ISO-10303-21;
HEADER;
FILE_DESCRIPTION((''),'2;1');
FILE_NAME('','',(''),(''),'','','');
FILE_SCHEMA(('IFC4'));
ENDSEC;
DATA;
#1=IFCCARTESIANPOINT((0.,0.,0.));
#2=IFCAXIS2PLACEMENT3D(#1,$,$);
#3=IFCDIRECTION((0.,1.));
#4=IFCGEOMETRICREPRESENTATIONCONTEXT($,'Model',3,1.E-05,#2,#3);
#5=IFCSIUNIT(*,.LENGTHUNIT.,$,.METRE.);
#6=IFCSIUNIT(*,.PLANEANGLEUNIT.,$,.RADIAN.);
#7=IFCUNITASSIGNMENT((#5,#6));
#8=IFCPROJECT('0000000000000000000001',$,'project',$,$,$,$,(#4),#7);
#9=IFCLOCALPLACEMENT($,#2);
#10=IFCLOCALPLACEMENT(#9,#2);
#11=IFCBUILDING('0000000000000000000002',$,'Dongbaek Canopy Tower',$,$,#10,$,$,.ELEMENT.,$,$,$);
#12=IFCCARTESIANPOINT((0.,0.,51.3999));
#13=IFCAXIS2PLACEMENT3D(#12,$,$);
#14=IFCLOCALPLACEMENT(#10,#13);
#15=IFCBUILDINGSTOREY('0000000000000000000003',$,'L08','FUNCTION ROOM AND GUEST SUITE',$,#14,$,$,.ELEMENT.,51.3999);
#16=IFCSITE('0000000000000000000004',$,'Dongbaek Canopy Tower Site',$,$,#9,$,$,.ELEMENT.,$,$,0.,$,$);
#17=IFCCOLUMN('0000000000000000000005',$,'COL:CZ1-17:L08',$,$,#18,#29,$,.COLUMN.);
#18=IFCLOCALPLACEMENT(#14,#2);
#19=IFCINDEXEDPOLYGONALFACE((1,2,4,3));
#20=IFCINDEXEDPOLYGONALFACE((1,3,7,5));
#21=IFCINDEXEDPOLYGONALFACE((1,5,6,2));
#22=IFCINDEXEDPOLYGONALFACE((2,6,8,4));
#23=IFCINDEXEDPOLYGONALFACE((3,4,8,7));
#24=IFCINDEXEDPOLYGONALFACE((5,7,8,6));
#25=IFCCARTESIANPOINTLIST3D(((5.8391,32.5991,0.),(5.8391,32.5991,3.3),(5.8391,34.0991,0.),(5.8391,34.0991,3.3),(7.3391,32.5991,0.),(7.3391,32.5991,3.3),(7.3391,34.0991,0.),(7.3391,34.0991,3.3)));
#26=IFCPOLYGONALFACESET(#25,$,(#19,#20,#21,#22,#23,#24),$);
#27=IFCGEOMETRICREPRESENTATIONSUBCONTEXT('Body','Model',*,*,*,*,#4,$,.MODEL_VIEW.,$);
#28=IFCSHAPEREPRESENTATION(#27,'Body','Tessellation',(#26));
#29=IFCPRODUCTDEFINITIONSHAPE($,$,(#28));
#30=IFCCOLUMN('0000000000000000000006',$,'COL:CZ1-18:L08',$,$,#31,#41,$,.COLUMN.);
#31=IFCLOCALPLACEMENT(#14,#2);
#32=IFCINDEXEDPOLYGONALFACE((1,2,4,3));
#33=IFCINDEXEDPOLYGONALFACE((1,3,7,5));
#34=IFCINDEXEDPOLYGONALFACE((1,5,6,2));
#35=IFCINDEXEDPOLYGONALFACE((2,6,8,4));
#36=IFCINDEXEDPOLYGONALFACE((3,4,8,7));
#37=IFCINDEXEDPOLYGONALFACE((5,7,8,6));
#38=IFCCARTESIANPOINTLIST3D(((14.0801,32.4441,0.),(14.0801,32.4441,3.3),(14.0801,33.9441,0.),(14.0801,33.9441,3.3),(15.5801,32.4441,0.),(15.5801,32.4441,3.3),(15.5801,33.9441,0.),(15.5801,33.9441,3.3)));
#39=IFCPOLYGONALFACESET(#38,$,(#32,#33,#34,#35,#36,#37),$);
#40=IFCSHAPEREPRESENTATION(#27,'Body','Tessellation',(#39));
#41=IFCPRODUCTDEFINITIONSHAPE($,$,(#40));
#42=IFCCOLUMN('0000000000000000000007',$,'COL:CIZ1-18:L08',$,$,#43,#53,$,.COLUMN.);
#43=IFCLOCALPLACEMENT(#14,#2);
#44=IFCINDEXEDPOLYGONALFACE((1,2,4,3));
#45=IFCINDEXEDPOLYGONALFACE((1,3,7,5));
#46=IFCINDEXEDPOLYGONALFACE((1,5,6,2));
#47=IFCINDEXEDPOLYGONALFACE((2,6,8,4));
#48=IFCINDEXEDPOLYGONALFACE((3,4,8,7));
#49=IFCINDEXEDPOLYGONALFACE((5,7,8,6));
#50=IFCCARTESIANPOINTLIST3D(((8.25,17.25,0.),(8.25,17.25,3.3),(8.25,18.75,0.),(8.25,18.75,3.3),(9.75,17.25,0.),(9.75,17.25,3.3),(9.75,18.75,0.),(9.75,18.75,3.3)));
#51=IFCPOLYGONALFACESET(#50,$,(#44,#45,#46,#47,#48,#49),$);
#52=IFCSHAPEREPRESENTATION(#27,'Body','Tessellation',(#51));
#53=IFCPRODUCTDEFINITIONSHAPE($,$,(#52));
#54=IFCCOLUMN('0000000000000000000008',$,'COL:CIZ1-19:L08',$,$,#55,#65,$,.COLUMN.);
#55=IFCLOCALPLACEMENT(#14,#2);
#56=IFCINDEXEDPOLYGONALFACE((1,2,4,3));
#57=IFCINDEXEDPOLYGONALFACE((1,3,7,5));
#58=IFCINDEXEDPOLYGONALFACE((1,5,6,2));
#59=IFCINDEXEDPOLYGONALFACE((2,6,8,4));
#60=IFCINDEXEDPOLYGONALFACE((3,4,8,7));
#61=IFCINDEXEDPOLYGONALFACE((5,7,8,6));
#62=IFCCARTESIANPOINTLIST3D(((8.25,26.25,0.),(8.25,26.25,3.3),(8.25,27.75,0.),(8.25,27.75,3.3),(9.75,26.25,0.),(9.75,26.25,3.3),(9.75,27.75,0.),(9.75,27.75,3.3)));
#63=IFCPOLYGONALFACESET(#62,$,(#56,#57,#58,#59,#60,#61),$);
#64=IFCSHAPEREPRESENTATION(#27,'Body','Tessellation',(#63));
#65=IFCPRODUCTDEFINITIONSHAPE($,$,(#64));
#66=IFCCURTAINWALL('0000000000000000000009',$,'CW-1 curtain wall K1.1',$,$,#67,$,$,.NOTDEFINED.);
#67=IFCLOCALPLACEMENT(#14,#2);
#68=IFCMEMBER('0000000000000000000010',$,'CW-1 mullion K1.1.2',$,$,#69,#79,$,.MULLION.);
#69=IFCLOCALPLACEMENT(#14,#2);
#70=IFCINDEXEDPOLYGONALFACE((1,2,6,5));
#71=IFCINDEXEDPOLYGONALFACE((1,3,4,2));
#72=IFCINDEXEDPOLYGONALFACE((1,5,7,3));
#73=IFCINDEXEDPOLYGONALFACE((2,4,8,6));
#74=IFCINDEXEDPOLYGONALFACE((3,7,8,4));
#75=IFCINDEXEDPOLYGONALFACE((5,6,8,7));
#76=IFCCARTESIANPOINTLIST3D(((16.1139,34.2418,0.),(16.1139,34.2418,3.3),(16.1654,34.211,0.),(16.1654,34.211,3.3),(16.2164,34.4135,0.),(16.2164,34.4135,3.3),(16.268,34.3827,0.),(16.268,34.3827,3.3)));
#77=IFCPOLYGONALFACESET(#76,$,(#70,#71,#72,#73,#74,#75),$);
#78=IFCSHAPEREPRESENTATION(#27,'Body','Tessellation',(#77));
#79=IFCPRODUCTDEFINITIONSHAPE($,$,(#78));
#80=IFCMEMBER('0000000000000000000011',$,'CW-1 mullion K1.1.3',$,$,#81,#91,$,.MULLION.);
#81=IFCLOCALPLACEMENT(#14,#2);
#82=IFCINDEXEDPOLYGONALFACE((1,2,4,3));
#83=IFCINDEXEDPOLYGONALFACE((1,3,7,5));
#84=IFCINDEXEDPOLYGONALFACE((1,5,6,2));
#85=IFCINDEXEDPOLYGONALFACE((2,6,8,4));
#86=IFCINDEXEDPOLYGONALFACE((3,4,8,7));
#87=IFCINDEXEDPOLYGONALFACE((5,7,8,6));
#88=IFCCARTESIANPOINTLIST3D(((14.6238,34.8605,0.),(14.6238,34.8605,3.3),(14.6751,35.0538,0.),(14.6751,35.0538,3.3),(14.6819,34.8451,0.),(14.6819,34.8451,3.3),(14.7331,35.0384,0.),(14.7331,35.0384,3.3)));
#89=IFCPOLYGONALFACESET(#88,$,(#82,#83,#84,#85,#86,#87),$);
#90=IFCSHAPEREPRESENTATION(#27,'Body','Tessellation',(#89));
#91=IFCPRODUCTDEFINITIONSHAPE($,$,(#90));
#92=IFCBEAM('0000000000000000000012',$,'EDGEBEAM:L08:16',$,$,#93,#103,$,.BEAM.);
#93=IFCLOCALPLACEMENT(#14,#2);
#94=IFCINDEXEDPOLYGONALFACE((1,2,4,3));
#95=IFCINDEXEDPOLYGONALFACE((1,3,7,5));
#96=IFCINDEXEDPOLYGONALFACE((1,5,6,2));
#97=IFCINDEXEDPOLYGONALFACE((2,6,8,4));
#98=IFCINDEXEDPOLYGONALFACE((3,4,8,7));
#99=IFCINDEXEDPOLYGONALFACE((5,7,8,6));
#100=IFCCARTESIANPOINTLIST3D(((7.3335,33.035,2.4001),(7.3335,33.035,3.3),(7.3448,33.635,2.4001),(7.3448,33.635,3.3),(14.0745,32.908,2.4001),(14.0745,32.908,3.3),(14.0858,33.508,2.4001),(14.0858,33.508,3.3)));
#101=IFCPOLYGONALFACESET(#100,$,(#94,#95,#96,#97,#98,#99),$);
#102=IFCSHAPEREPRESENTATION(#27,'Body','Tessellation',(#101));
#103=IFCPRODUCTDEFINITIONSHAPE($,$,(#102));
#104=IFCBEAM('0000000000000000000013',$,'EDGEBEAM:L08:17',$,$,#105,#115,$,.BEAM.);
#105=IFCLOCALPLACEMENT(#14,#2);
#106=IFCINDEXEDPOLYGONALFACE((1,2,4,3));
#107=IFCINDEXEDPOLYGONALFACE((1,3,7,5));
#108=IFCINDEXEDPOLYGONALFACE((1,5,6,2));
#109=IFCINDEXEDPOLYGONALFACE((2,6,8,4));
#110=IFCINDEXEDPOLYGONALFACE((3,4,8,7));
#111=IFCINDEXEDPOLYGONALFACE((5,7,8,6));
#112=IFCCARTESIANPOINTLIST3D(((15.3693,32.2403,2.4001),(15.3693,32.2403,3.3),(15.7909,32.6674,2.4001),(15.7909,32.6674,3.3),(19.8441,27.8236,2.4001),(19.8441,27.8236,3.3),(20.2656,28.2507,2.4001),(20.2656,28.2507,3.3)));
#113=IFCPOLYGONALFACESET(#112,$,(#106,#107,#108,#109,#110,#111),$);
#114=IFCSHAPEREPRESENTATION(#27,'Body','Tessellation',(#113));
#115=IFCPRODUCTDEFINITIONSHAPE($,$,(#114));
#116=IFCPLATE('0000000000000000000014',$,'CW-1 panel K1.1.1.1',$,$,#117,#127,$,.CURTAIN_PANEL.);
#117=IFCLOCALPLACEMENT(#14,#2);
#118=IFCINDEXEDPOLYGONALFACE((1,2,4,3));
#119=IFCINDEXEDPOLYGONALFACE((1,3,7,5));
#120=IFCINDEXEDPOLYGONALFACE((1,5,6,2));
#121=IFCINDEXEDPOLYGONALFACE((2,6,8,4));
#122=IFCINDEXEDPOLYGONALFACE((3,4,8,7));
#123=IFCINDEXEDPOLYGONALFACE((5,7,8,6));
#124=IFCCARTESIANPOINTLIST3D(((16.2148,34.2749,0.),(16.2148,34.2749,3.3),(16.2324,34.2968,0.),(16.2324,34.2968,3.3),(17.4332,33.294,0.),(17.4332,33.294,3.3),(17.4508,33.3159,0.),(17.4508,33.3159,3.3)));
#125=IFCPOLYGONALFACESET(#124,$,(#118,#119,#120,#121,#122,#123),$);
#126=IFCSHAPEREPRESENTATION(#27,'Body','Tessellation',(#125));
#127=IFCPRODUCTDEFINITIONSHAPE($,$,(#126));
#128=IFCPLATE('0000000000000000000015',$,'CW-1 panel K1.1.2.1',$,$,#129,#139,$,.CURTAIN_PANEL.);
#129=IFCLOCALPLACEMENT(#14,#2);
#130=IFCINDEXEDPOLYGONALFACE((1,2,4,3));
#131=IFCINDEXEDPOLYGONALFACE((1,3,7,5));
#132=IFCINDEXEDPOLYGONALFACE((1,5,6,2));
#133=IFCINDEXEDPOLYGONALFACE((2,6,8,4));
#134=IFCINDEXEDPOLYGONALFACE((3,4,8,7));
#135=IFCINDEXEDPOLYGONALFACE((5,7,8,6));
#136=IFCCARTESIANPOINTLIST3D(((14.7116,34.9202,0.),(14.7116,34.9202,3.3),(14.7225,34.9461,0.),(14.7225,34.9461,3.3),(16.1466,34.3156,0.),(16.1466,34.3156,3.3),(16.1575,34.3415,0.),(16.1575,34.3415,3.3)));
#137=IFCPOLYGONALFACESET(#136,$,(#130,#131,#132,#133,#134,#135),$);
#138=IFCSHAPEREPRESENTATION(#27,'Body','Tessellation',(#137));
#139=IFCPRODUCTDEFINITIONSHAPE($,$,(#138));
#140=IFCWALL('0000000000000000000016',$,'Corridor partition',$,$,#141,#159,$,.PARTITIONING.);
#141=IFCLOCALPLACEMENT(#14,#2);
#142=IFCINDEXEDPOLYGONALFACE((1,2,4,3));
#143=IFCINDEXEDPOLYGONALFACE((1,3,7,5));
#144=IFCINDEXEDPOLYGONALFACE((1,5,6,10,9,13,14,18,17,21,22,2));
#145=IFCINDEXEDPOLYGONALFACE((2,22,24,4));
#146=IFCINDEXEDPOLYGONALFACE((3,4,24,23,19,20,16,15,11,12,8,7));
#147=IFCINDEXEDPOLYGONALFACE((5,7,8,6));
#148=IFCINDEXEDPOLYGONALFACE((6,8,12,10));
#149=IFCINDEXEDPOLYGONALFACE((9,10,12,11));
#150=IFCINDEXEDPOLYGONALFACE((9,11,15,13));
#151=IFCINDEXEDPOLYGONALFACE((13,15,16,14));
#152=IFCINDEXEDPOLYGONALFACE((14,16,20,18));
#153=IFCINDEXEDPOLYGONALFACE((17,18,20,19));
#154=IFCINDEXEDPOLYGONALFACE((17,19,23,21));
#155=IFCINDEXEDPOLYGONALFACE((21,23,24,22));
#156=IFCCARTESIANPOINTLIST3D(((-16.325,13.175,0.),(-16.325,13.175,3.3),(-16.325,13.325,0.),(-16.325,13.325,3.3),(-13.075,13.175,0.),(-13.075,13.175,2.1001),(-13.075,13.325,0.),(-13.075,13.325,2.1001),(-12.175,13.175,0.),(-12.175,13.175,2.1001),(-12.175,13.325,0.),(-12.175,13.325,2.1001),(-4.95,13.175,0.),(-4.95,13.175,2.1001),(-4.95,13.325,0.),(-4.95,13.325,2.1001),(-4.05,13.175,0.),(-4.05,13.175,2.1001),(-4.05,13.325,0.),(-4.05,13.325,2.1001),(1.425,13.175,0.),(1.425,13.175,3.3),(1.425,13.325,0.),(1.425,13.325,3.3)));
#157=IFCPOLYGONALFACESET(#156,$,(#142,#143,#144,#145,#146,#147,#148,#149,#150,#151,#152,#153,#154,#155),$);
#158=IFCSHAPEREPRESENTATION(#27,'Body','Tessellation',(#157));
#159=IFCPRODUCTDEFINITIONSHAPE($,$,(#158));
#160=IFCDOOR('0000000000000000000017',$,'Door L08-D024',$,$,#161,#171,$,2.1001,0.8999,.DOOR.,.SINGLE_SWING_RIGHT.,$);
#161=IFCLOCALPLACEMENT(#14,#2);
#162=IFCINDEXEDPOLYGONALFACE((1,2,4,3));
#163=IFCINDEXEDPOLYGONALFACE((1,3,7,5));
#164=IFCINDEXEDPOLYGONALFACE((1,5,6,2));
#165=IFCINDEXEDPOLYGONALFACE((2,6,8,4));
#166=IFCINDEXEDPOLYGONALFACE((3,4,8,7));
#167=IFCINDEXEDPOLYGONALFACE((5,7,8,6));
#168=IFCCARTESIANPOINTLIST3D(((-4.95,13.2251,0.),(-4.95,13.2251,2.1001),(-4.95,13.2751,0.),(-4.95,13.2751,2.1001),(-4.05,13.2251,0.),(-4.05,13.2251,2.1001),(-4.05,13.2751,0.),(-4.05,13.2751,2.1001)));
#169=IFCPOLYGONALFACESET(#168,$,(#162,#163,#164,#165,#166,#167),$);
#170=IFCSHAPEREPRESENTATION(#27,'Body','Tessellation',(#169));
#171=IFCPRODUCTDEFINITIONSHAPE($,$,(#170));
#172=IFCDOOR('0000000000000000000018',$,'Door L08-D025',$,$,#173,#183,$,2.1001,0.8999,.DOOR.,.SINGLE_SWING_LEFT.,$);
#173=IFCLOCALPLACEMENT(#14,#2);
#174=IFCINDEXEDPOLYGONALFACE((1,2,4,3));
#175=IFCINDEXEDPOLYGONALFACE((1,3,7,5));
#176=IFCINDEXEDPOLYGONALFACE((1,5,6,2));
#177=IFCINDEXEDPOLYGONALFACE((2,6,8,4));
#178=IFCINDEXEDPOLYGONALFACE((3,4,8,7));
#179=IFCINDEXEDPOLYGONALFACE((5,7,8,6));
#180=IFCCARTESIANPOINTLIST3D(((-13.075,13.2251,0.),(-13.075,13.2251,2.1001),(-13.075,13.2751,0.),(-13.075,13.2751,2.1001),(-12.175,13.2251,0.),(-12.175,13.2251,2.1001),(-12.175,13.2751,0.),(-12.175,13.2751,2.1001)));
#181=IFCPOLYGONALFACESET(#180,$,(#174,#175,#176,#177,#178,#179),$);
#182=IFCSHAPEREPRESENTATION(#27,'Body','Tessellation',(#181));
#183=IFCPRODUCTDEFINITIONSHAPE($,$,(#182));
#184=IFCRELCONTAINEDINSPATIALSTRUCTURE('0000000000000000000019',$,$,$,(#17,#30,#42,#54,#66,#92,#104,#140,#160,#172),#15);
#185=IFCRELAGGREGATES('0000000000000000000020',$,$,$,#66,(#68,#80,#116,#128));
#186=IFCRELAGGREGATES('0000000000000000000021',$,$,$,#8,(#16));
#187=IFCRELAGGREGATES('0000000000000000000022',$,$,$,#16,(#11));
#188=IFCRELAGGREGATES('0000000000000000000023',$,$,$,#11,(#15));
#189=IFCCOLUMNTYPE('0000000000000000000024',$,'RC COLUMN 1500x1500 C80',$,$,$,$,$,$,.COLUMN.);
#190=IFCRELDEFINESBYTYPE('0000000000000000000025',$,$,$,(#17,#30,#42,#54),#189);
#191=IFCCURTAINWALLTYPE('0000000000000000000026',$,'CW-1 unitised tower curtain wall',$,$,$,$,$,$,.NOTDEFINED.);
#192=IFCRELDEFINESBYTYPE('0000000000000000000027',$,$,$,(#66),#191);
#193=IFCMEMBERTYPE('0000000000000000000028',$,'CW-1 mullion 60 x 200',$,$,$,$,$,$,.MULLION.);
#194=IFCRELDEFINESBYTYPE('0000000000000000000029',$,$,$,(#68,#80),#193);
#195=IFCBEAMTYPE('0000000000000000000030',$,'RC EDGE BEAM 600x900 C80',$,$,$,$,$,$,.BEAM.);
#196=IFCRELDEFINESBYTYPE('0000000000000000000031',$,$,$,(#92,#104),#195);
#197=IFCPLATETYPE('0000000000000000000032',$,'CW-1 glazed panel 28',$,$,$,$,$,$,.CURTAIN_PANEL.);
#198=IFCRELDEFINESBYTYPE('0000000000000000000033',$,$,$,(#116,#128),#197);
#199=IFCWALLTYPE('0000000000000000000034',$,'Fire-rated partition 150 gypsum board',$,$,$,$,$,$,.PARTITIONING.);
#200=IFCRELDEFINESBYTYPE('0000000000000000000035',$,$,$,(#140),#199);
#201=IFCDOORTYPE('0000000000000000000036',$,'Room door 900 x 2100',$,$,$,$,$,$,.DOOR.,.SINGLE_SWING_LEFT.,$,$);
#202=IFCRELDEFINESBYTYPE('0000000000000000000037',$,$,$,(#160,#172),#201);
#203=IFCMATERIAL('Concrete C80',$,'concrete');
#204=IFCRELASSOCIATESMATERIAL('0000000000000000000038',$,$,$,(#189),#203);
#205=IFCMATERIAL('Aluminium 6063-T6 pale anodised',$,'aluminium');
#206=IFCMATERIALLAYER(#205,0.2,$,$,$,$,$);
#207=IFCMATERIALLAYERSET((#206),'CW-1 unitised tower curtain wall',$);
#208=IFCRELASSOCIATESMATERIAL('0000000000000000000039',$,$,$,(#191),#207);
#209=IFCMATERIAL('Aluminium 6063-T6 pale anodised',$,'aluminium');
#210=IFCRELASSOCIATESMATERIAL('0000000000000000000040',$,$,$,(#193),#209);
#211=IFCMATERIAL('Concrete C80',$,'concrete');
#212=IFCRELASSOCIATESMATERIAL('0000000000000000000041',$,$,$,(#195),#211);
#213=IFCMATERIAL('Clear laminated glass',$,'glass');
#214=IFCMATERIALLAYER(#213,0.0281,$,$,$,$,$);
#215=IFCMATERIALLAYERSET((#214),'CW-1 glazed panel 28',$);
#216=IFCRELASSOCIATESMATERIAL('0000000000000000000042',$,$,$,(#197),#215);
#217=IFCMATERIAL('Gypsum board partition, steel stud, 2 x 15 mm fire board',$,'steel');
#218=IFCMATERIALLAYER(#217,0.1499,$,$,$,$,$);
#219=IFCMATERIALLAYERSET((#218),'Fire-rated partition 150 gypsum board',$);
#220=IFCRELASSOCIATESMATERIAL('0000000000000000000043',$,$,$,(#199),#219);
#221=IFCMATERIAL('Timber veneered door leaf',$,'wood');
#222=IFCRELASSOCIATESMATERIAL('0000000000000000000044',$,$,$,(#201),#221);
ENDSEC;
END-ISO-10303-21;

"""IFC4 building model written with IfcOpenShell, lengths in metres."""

from ifc_helpers import new_model, si_unit, direction, frame, frame_2d, origin, origin_2d, place, context, subcontext, project, spatial, rectangle, extrude, material, layer, layer_set, material_profile, profile_set, type_object, element, fill, aggregate, save


model = new_model("IFC4")

# Units and contexts
model_context = context("Model", 3, precision=1e-05, world=origin(), true_north=direction((0.0, 1.0)))
body_context = subcontext(model_context, "Body", "Model", "MODEL_VIEW")
ifc_project = project(units=[si_unit("LENGTHUNIT", "METRE"), si_unit("PLANEANGLEUNIT", "RADIAN")], contexts=[model_context])

# Site, building, storey
site_placement = place(None, origin())
site = spatial("IfcSite", under=ifc_project, at=site_placement, Name="Dongbaek Canopy Tower Site", CompositionType="ELEMENT", RefElevation=0.0)
building_placement = place(site_placement, origin())
building = spatial("IfcBuilding", under=site, at=building_placement, Name="Dongbaek Canopy Tower", CompositionType="ELEMENT")
storey_placement = place(building_placement, frame((0.0, 0.0, 51.3999)))
storey = spatial("IfcBuildingStorey", under=building, at=storey_placement, Name="L08", Description="FUNCTION ROOM AND GUEST SUITE", CompositionType="ELEMENT", Elevation=51.3999)

# Columns
ifc_material_1 = material(Name="Concrete C80", Category="concrete")
ifc_material_profile_1 = material_profile(ifc_material_1, rectangle(XDim=1.5, YDim=1.5, at=origin_2d()), Name="RC COLUMN 1500x1500 C80")
ifc_profile_set_1 = profile_set([ifc_material_profile_1], Name="Concrete C80")
column_type = type_object("IfcColumnType", Name="RC COLUMN 1500x1500 C80", PredefinedType="COLUMN", material=ifc_profile_set_1)
for number, where, z_axis, x_axis, name in (
    (1, (6.5891, 33.3491, 0.0), (0.0, 0.0, 1.0), (1.0, 0.0, 0.0), "COL:CZ1-17:L08"),
    (2, (14.8301, 33.1941, 0.0), (0.0, 0.0, 1.0), (1.0, 0.0, 0.0), "COL:CZ1-18:L08"),
    (3, (9.0, 18.0, 0.0), (0.0, 0.0, 1.0), (1.0, 0.0, 0.0), "COL:CIZ1-18:L08"),
    (4, (9.0, 27.0, 0.0), (0.0, 0.0, 1.0), (1.0, 0.0, 0.0), "COL:CIZ1-19:L08"),
):
    element("IfcColumn", number, at=place(storey_placement, frame(where, z_axis=z_axis, x_axis=x_axis)), inside=storey, type_object=column_type, Name=name, PredefinedType="COLUMN", context=body_context, shape_type="SweptSolid", body=[
        extrude(rectangle(XDim=1.5, YDim=1.5, at=origin_2d()), origin(), (0.0, 0.0, 1.0), 3.3),
    ])

# Curtain wall, members
ifc_material_2 = material(Name="Aluminium 6063-T6 pale anodised", Category="aluminium")
ifc_layer_1 = layer(ifc_material_2, 0.2)
ifc_layer_set_1 = layer_set([ifc_layer_1], Name="CW-1 unitised tower curtain wall")
curtain_wall_type = type_object("IfcCurtainWallType", Name="CW-1 unitised tower curtain wall", PredefinedType="NOTDEFINED", material=ifc_layer_set_1)
curtain_wall_placement = place(storey_placement, origin())
curtain_wall = element("IfcCurtainWall", 5, at=curtain_wall_placement, inside=storey, type_object=curtain_wall_type, Name="CW-1 curtain wall K1.1", PredefinedType="NOTDEFINED")
ifc_material_3 = material(Name="Aluminium 6063-T6 pale anodised", Category="aluminium")
ifc_material_profile_2 = material_profile(ifc_material_3, rectangle(XDim=0.2, YDim=0.0601, at=origin_2d()), Name="CW-1 mullion 60 x 200")
ifc_profile_set_2 = profile_set([ifc_material_profile_2], Name="Aluminium 6063-T6 pale anodised")
member_type = type_object("IfcMemberType", Name="CW-1 mullion 60 x 200", PredefinedType="MULLION", material=ifc_profile_set_2)
member_1_placement = place(storey_placement, frame((16.1909, 34.3123, 0.0), z_axis=(0.0, 0.0, 1.0), x_axis=(0.512669, 0.858586, 0.0)))
member_1 = element("IfcMember", 6, at=member_1_placement, type_object=member_type, Name="CW-1 mullion K1.1.2", PredefinedType="MULLION", context=body_context, shape_type="SweptSolid", body=[
    extrude(rectangle(XDim=0.2, YDim=0.0601, at=origin_2d()), origin(), (0.0, 0.0, 1.0), 3.3),
])
member_2_placement = place(storey_placement, frame((14.6785, 34.9495, 0.0), z_axis=(0.0, 0.0, 1.0), x_axis=(0.25629, 0.9666, 0.0)))
member_2 = element("IfcMember", 7, at=member_2_placement, type_object=member_type, Name="CW-1 mullion K1.1.3", PredefinedType="MULLION", context=body_context, shape_type="SweptSolid", body=[
    extrude(rectangle(XDim=0.2, YDim=0.0601, at=origin_2d()), origin(), (0.0, 0.0, 1.0), 3.3),
])

# Beams
ifc_material_4 = material(Name="Concrete C80", Category="concrete")
ifc_material_profile_3 = material_profile(ifc_material_4, rectangle(XDim=0.6001, YDim=0.8999, at=origin_2d()), Name="RC EDGE BEAM 600x900 C80")
ifc_profile_set_3 = profile_set([ifc_material_profile_3], Name="Concrete C80")
beam_type = type_object("IfcBeamType", Name="RC EDGE BEAM 600x900 C80", PredefinedType="BEAM", material=ifc_profile_set_3)
beam_1_placement = place(storey_placement, frame((7.3391, 33.335, 2.8501), z_axis=(0.999823, -0.01883, 0.0), x_axis=(0.01883, 0.999823, 0.0)))
element("IfcBeam", 8, at=beam_1_placement, inside=storey, type_object=beam_type, Name="EDGEBEAM:L08:16", PredefinedType="BEAM", context=body_context, shape_type="SweptSolid", body=[
    extrude(rectangle(XDim=0.6001, YDim=0.8999, at=origin_2d()), origin(), (0.0, 0.0, 1.0), 6.7422),
])
beam_2_placement = place(storey_placement, frame((15.5801, 32.4539, 2.8501), z_axis=(0.711712, -0.702471, 0.0), x_axis=(0.702471, 0.711712, 0.0)))
element("IfcBeam", 9, at=beam_2_placement, inside=storey, type_object=beam_type, Name="EDGEBEAM:L08:17", PredefinedType="BEAM", context=body_context, shape_type="SweptSolid", body=[
    extrude(rectangle(XDim=0.6001, YDim=0.8999, at=origin_2d()), origin(), (0.0, 0.0, 1.0), 6.2874),
])

# Plates
ifc_material_5 = material(Name="Clear laminated glass", Category="glass")
ifc_layer_2 = layer(ifc_material_5, 0.0281)
ifc_layer_set_2 = layer_set([ifc_layer_2], Name="CW-1 glazed panel 28")
plate_type = type_object("IfcPlateType", Name="CW-1 glazed panel 28", PredefinedType="CURTAIN_PANEL", material=ifc_layer_set_2)
plate_1_placement = place(storey_placement, frame((16.8328, 33.7954, 0.0), z_axis=(0.0, 0.0, 1.0), x_axis=(-0.778926, 0.627116, 0.0)))
plate_1 = element("IfcPlate", 10, at=plate_1_placement, type_object=plate_type, Name="CW-1 panel K1.1.1.1", PredefinedType="CURTAIN_PANEL", context=body_context, shape_type="SweptSolid", body=[
    extrude(rectangle(XDim=1.5642, YDim=0.0281, at=origin_2d()), origin(), (0.0, 0.0, 1.0), 3.3),
])
plate_2_placement = place(storey_placement, frame((15.4346, 34.6309, 0.0), z_axis=(0.0, 0.0, 1.0), x_axis=(-0.921552, 0.388254, 0.0)))
plate_2 = element("IfcPlate", 11, at=plate_2_placement, type_object=plate_type, Name="CW-1 panel K1.1.2.1", PredefinedType="CURTAIN_PANEL", context=body_context, shape_type="SweptSolid", body=[
    extrude(rectangle(XDim=1.5571, YDim=0.0281, at=origin_2d()), origin(), (0.0, 0.0, 1.0), 3.3),
])
aggregate(curtain_wall, [member_1, member_2, plate_1, plate_2])

# Wall, openings, doors
ifc_material_6 = material(Name="Gypsum board partition, steel stud, 2 x 15 mm fire board", Category="steel")
ifc_layer_3 = layer(ifc_material_6, 0.1499)
ifc_layer_set_3 = layer_set([ifc_layer_3], Name="Fire-rated partition 150 gypsum board")
wall_type_1 = type_object("IfcWallType", Name="Fire-rated partition 150 gypsum board", PredefinedType="PARTITIONING", material=ifc_layer_set_3)
wall_1_placement = place(storey_placement, frame((1.425, 13.25, 0.0), z_axis=(0.0, 0.0, 1.0), x_axis=(-1.0, 0.0, 0.0)))
wall_1 = element("IfcWall", 12, at=wall_1_placement, inside=storey, type_object=wall_type_1, Name="Corridor partition", PredefinedType="PARTITIONING", context=body_context, shape_type="SweptSolid", body=[
    extrude(rectangle(XDim=17.75, YDim=0.1499, at=frame_2d((8.875, 0.0))), origin(), (0.0, 0.0, 1.0), 3.3),
])
opening_1_placement = place(wall_1_placement, frame((5.4751, 0.0, 0.0)))
opening_1 = element("IfcOpeningElement", 13, at=opening_1_placement, cuts=wall_1, PredefinedType="OPENING", context=body_context, shape_type="SweptSolid", body=[
    extrude(rectangle(XDim=0.8999, YDim=2.1001, at=frame_2d((0.45, 1.05))), frame((0.0, 0.085, 0.0), z_axis=(0.0, -1.0, 0.0), x_axis=(1.0, 0.0, 0.0)), (0.0, 0.0, 1.0), 0.1699),
])
opening_2_placement = place(wall_1_placement, frame((13.6001, 0.0, 0.0)))
opening_2 = element("IfcOpeningElement", 14, at=opening_2_placement, cuts=wall_1, PredefinedType="OPENING", context=body_context, shape_type="SweptSolid", body=[
    extrude(rectangle(XDim=0.8999, YDim=2.1001, at=frame_2d((0.45, 1.05))), frame((0.0, 0.085, 0.0), z_axis=(0.0, -1.0, 0.0), x_axis=(1.0, 0.0, 0.0)), (0.0, 0.0, 1.0), 0.1699),
])
ifc_material_7 = material(Name="Timber veneered door leaf", Category="wood")
door_type = type_object("IfcDoorType", Name="Room door 900 x 2100", OperationType="SINGLE_SWING_LEFT", PredefinedType="DOOR", material=ifc_material_7)
door_1_placement = place(opening_1_placement, origin())
door_1 = element("IfcDoor", 15, at=door_1_placement, inside=storey, type_object=door_type, Name="Door L08-D024", OperationType="SINGLE_SWING_RIGHT", OverallHeight=2.1001, OverallWidth=0.8999, PredefinedType="DOOR", context=body_context, shape_type="SweptSolid", body=[
    extrude(rectangle(XDim=0.8999, YDim=2.1001, at=frame_2d((0.45, 1.05))), frame((0.0, 0.0249, 0.0), z_axis=(0.0, -1.0, 0.0), x_axis=(1.0, 0.0, 0.0)), (0.0, 0.0, 1.0), 0.05),
])
fill(opening_1, door_1)
door_2_placement = place(opening_2_placement, origin())
door_2 = element("IfcDoor", 16, at=door_2_placement, inside=storey, type_object=door_type, Name="Door L08-D025", OperationType="SINGLE_SWING_LEFT", OverallHeight=2.1001, OverallWidth=0.8999, PredefinedType="DOOR", context=body_context, shape_type="SweptSolid", body=[
    extrude(rectangle(XDim=0.8999, YDim=2.1001, at=frame_2d((0.45, 1.05))), frame((0.0, 0.0249, 0.0), z_axis=(0.0, -1.0, 0.0), x_axis=(1.0, 0.0, 0.0)), (0.0, 0.0, 1.0), 0.05),
])
fill(opening_2, door_2)

save(model, "model.ifc")
